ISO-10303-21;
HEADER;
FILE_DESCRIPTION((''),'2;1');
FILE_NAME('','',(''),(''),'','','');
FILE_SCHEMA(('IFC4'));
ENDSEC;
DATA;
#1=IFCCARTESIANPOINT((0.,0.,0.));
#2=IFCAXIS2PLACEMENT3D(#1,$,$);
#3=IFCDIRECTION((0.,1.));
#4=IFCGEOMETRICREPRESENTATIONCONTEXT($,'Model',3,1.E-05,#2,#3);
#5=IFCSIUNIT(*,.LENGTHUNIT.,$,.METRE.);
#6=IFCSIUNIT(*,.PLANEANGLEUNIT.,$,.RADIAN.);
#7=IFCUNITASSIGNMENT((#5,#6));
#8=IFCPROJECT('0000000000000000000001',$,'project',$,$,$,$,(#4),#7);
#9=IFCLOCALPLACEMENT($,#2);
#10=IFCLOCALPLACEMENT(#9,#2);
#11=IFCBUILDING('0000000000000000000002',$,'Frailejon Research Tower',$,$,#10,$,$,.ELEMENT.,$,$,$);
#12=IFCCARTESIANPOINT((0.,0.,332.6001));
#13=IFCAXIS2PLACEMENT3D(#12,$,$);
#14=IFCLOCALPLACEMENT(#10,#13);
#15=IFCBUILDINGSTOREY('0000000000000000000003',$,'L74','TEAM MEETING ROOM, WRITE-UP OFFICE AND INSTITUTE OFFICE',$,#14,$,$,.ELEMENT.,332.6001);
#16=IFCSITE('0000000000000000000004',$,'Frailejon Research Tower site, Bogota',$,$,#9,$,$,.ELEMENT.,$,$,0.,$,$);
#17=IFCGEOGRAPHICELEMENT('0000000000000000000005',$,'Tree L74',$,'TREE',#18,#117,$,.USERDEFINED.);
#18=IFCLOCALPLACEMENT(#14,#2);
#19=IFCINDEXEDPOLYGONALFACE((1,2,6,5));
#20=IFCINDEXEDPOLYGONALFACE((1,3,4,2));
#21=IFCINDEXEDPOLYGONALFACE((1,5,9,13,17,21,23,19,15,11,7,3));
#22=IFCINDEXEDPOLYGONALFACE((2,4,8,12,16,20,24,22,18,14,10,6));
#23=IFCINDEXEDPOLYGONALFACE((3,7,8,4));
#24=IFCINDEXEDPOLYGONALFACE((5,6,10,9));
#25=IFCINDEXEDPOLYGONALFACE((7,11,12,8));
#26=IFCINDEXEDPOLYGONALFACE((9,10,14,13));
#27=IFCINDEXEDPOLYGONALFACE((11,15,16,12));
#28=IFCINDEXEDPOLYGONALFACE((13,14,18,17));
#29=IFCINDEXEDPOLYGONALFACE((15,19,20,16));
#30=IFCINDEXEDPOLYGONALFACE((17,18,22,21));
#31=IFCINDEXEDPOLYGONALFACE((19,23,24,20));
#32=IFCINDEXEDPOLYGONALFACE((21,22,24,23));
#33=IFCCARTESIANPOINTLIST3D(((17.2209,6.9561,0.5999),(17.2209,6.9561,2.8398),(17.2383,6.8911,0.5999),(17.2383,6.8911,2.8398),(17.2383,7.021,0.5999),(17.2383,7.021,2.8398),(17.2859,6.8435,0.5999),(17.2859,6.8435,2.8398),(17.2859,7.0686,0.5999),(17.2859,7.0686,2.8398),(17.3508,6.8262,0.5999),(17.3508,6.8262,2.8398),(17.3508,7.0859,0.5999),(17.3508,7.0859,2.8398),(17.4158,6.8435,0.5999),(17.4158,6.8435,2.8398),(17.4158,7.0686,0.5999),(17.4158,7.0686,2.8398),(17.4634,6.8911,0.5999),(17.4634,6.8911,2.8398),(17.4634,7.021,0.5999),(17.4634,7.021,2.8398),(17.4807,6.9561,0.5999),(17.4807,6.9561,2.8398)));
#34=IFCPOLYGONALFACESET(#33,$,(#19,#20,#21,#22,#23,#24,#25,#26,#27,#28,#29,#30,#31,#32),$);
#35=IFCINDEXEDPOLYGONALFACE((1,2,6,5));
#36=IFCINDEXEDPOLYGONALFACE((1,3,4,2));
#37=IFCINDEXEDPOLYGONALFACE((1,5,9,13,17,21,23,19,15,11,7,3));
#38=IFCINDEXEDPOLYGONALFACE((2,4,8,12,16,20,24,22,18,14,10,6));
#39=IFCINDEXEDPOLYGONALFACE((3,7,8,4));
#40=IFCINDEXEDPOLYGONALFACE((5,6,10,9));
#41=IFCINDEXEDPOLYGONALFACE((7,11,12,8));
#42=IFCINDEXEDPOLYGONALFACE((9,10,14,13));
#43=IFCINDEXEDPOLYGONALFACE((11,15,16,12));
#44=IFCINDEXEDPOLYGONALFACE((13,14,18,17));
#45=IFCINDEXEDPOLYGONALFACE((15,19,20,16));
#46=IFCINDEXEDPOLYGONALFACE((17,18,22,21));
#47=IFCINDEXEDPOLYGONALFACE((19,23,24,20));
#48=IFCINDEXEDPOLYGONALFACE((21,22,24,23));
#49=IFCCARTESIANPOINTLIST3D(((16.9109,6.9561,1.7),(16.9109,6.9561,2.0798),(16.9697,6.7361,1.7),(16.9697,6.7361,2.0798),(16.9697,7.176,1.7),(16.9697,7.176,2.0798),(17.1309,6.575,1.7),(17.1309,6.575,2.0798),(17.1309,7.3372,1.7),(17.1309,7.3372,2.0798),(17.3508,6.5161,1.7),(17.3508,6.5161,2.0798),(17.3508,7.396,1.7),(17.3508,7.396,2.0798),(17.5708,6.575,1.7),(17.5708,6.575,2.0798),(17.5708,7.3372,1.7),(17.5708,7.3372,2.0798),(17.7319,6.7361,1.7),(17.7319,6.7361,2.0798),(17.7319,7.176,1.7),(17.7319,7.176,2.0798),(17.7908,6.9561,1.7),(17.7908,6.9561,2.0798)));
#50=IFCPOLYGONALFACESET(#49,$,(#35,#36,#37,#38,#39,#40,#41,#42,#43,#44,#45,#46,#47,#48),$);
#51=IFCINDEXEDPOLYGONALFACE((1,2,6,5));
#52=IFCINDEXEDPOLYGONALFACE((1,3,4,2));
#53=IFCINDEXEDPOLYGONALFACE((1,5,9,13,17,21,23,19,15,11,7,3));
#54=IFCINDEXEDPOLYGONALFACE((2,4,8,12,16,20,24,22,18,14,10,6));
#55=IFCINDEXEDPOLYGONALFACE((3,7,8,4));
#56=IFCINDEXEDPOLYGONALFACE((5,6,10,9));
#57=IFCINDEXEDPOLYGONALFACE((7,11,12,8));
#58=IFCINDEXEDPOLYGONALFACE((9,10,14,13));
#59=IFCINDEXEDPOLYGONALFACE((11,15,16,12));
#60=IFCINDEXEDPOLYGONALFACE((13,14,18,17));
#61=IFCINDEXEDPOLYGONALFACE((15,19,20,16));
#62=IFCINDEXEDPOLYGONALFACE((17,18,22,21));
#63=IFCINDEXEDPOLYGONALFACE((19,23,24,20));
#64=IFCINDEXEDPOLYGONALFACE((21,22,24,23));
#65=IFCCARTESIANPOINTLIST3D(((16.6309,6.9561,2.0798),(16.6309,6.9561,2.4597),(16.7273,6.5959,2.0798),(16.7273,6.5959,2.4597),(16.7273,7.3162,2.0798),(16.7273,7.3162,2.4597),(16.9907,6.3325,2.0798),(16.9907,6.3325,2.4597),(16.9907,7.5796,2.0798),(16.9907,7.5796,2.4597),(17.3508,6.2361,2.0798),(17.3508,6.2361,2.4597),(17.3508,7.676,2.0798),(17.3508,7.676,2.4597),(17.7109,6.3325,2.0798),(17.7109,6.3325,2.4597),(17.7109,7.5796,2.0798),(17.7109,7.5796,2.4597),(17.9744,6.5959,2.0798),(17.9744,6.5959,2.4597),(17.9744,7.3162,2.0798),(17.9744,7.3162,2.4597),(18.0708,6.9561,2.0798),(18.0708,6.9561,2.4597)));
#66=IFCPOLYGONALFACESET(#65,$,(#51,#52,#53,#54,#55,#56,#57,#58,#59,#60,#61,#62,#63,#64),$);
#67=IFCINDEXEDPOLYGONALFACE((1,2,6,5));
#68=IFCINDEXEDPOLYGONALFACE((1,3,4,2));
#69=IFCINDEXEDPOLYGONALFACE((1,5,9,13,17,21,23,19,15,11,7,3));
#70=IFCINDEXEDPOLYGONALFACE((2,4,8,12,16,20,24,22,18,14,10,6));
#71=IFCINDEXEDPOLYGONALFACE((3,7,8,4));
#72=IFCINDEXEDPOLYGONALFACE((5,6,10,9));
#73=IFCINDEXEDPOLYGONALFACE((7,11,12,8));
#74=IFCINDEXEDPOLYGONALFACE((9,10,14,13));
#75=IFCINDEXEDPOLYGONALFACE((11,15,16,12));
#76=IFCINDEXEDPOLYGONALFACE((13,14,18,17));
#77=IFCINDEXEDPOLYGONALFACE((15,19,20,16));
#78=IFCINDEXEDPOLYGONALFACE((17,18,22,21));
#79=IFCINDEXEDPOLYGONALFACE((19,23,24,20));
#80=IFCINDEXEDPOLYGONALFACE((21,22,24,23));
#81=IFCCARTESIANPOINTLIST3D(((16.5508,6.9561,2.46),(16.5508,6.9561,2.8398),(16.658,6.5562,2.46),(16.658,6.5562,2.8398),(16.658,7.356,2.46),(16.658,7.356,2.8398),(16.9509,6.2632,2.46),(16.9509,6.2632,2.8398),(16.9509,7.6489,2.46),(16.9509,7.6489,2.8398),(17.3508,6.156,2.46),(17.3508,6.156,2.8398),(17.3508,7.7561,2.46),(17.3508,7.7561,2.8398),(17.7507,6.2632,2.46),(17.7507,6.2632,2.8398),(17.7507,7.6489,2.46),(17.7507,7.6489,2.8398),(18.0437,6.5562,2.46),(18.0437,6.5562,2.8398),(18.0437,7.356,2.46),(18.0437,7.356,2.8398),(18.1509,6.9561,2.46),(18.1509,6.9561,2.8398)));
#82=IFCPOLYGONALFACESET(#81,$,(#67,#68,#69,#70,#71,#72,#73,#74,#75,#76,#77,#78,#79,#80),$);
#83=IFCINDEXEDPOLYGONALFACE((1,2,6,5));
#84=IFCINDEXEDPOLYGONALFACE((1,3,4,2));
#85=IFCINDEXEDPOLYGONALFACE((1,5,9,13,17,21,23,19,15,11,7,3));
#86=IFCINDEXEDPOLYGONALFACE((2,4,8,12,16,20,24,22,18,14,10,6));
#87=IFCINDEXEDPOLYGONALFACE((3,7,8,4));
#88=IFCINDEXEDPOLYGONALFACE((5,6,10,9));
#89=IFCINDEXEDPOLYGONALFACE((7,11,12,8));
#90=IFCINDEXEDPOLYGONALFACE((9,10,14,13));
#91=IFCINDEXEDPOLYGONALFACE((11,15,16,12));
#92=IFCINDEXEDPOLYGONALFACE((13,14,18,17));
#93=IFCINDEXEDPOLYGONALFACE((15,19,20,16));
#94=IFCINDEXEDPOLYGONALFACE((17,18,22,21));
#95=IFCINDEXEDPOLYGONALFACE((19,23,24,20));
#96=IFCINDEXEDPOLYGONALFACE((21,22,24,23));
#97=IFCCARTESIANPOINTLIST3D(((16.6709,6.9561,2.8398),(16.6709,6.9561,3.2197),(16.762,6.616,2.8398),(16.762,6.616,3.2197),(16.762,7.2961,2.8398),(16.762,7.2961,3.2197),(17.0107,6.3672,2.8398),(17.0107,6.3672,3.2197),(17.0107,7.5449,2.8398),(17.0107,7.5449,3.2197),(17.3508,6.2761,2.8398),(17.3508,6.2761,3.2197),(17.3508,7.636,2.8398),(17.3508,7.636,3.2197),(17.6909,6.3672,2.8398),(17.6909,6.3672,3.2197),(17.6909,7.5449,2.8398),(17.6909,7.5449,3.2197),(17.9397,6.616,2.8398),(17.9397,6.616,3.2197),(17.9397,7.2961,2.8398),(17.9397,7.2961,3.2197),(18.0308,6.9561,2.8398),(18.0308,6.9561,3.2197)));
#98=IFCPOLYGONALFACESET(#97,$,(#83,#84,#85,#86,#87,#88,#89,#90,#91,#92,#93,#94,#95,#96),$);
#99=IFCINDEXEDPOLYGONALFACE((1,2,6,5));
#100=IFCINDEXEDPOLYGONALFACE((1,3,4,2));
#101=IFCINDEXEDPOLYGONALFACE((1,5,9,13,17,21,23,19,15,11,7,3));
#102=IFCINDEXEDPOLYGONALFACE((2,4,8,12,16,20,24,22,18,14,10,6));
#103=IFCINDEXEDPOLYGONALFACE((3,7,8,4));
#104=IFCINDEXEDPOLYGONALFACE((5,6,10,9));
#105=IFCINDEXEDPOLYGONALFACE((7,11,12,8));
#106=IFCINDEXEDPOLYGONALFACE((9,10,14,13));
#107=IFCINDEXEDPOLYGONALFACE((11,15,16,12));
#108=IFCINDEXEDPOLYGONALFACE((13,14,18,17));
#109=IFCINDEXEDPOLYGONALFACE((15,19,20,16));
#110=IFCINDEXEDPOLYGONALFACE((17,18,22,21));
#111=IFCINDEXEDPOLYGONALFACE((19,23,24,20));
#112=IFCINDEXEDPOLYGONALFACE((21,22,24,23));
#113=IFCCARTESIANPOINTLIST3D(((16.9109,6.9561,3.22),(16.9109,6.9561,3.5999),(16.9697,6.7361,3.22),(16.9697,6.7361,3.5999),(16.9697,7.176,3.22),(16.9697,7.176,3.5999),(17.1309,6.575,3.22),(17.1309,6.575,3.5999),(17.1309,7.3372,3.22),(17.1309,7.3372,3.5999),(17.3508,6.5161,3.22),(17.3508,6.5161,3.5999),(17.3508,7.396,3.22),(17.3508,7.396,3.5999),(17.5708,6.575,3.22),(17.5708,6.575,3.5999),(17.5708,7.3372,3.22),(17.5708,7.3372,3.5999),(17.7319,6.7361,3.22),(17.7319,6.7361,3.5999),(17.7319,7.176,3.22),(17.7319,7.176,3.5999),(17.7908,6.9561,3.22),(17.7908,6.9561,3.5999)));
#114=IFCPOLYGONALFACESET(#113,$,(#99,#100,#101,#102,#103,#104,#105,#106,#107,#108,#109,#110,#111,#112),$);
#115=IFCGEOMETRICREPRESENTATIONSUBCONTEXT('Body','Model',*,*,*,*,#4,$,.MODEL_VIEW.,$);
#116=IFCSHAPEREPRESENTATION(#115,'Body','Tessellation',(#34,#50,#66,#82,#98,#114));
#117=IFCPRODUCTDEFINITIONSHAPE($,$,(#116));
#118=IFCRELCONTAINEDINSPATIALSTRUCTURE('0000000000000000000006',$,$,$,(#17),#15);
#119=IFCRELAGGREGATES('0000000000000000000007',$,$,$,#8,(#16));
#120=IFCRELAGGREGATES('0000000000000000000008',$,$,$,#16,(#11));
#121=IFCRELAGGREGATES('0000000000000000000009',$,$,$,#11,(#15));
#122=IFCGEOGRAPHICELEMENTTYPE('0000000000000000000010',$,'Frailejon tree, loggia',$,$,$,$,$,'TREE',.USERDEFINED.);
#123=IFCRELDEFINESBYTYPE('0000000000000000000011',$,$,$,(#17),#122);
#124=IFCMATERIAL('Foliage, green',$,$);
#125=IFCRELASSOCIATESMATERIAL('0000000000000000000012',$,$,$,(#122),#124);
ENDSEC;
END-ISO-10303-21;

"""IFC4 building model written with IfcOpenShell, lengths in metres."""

from ifc_helpers import new_model, si_unit, direction, frame, origin, place, context, subcontext, project, spatial, polyline, outline, extrude, material, type_object, element, save


model = new_model("IFC4")

# Units and contexts
model_context = context("Model", 3, precision=1e-05, world=origin(), true_north=direction((0.0, 1.0)))
body_context = subcontext(model_context, "Body", "Model", "MODEL_VIEW")
ifc_project = project(units=[si_unit("LENGTHUNIT", "METRE"), si_unit("PLANEANGLEUNIT", "RADIAN")], contexts=[model_context])

# Site, building, storey
site_placement = place(None, origin())
site = spatial("IfcSite", under=ifc_project, at=site_placement, Name="Frailejon Research Tower site, Bogota", CompositionType="ELEMENT", RefElevation=0.0)
building_placement = place(site_placement, origin())
building = spatial("IfcBuilding", under=site, at=building_placement, Name="Frailejon Research Tower", CompositionType="ELEMENT")
storey_placement = place(building_placement, frame((0.0, 0.0, 332.6001)))
storey = spatial("IfcBuildingStorey", under=building, at=storey_placement, Name="L74", Description="TEAM MEETING ROOM, WRITE-UP OFFICE AND INSTITUTE OFFICE", CompositionType="ELEMENT", Elevation=332.6001)

# Geographic element
ifc_material_1 = material(Name="Foliage, green")
geographic_element_type = type_object("IfcGeographicElementType", Name="Frailejon tree, loggia", ElementType="TREE", PredefinedType="USERDEFINED", material=ifc_material_1)
geographic_element_placement = place(storey_placement, frame((17.3508, 6.9561, 0.5999)))
element("IfcGeographicElement", 1, at=geographic_element_placement, inside=storey, type_object=geographic_element_type, Name="Tree L74", ObjectType="TREE", PredefinedType="USERDEFINED", context=body_context, shape_type="SweptSolid", body=[
    extrude(outline(polyline([(0.1299, 0.0), (0.1125, 0.0649), (0.0649, 0.1125), (0.0, 0.1299), (-0.0649, 0.1125), (-0.1125, 0.0649), (-0.1299, 0.0), (-0.1125, -0.0649), (-0.0649, -0.1125), (0.0, -0.1299), (0.0649, -0.1125), (0.1125, -0.0649), (0.1299, 0.0)])), origin(), (0.0, 0.0, 1.0), 2.24),
    extrude(outline(polyline([(0.4399, 0.0), (0.3811, 0.22), (0.22, 0.3811), (0.0, 0.4399), (-0.22, 0.3811), (-0.3811, 0.22), (-0.4399, 0.0), (-0.3811, -0.22), (-0.22, -0.3811), (0.0, -0.4399), (0.22, -0.3811), (0.3811, -0.22), (0.4399, 0.0)])), frame((0.0, 0.0, 1.1001)), (0.0, 0.0, 1.0), 0.3799),
    extrude(outline(polyline([(0.72, 0.0), (0.6235, 0.3601), (0.3601, 0.6235), (0.0, 0.72), (-0.3601, 0.6235), (-0.6235, 0.3601), (-0.72, 0.0), (-0.6235, -0.3601), (-0.3601, -0.6235), (0.0, -0.72), (0.3601, -0.6235), (0.6235, -0.3601), (0.72, 0.0)])), frame((0.0, 0.0, 1.48)), (0.0, 0.0, 1.0), 0.3799),
    extrude(outline(polyline([(0.8, 0.0), (0.6929, 0.3999), (0.3999, 0.6929), (0.0, 0.8), (-0.3999, 0.6929), (-0.6929, 0.3999), (-0.8, 0.0), (-0.6929, -0.3999), (-0.3999, -0.6929), (0.0, -0.8), (0.3999, -0.6929), (0.6929, -0.3999), (0.8, 0.0)])), frame((0.0, 0.0, 1.8601)), (0.0, 0.0, 1.0), 0.3799),
    extrude(outline(polyline([(0.6799, 0.0), (0.5889, 0.3401), (0.3401, 0.5889), (0.0, 0.6799), (-0.3401, 0.5889), (-0.5889, 0.3401), (-0.6799, 0.0), (-0.5889, -0.3401), (-0.3401, -0.5889), (0.0, -0.6799), (0.3401, -0.5889), (0.5889, -0.3401), (0.6799, 0.0)])), frame((0.0, 0.0, 2.24)), (0.0, 0.0, 1.0), 0.3799),
    extrude(outline(polyline([(0.4399, 0.0), (0.3811, 0.22), (0.22, 0.3811), (0.0, 0.4399), (-0.22, 0.3811), (-0.3811, 0.22), (-0.4399, 0.0), (-0.3811, -0.22), (-0.22, -0.3811), (0.0, -0.4399), (0.22, -0.3811), (0.3811, -0.22), (0.4399, 0.0)])), frame((0.0, 0.0, 2.6201)), (0.0, 0.0, 1.0), 0.3799),
])

save(model, "model.ifc")
